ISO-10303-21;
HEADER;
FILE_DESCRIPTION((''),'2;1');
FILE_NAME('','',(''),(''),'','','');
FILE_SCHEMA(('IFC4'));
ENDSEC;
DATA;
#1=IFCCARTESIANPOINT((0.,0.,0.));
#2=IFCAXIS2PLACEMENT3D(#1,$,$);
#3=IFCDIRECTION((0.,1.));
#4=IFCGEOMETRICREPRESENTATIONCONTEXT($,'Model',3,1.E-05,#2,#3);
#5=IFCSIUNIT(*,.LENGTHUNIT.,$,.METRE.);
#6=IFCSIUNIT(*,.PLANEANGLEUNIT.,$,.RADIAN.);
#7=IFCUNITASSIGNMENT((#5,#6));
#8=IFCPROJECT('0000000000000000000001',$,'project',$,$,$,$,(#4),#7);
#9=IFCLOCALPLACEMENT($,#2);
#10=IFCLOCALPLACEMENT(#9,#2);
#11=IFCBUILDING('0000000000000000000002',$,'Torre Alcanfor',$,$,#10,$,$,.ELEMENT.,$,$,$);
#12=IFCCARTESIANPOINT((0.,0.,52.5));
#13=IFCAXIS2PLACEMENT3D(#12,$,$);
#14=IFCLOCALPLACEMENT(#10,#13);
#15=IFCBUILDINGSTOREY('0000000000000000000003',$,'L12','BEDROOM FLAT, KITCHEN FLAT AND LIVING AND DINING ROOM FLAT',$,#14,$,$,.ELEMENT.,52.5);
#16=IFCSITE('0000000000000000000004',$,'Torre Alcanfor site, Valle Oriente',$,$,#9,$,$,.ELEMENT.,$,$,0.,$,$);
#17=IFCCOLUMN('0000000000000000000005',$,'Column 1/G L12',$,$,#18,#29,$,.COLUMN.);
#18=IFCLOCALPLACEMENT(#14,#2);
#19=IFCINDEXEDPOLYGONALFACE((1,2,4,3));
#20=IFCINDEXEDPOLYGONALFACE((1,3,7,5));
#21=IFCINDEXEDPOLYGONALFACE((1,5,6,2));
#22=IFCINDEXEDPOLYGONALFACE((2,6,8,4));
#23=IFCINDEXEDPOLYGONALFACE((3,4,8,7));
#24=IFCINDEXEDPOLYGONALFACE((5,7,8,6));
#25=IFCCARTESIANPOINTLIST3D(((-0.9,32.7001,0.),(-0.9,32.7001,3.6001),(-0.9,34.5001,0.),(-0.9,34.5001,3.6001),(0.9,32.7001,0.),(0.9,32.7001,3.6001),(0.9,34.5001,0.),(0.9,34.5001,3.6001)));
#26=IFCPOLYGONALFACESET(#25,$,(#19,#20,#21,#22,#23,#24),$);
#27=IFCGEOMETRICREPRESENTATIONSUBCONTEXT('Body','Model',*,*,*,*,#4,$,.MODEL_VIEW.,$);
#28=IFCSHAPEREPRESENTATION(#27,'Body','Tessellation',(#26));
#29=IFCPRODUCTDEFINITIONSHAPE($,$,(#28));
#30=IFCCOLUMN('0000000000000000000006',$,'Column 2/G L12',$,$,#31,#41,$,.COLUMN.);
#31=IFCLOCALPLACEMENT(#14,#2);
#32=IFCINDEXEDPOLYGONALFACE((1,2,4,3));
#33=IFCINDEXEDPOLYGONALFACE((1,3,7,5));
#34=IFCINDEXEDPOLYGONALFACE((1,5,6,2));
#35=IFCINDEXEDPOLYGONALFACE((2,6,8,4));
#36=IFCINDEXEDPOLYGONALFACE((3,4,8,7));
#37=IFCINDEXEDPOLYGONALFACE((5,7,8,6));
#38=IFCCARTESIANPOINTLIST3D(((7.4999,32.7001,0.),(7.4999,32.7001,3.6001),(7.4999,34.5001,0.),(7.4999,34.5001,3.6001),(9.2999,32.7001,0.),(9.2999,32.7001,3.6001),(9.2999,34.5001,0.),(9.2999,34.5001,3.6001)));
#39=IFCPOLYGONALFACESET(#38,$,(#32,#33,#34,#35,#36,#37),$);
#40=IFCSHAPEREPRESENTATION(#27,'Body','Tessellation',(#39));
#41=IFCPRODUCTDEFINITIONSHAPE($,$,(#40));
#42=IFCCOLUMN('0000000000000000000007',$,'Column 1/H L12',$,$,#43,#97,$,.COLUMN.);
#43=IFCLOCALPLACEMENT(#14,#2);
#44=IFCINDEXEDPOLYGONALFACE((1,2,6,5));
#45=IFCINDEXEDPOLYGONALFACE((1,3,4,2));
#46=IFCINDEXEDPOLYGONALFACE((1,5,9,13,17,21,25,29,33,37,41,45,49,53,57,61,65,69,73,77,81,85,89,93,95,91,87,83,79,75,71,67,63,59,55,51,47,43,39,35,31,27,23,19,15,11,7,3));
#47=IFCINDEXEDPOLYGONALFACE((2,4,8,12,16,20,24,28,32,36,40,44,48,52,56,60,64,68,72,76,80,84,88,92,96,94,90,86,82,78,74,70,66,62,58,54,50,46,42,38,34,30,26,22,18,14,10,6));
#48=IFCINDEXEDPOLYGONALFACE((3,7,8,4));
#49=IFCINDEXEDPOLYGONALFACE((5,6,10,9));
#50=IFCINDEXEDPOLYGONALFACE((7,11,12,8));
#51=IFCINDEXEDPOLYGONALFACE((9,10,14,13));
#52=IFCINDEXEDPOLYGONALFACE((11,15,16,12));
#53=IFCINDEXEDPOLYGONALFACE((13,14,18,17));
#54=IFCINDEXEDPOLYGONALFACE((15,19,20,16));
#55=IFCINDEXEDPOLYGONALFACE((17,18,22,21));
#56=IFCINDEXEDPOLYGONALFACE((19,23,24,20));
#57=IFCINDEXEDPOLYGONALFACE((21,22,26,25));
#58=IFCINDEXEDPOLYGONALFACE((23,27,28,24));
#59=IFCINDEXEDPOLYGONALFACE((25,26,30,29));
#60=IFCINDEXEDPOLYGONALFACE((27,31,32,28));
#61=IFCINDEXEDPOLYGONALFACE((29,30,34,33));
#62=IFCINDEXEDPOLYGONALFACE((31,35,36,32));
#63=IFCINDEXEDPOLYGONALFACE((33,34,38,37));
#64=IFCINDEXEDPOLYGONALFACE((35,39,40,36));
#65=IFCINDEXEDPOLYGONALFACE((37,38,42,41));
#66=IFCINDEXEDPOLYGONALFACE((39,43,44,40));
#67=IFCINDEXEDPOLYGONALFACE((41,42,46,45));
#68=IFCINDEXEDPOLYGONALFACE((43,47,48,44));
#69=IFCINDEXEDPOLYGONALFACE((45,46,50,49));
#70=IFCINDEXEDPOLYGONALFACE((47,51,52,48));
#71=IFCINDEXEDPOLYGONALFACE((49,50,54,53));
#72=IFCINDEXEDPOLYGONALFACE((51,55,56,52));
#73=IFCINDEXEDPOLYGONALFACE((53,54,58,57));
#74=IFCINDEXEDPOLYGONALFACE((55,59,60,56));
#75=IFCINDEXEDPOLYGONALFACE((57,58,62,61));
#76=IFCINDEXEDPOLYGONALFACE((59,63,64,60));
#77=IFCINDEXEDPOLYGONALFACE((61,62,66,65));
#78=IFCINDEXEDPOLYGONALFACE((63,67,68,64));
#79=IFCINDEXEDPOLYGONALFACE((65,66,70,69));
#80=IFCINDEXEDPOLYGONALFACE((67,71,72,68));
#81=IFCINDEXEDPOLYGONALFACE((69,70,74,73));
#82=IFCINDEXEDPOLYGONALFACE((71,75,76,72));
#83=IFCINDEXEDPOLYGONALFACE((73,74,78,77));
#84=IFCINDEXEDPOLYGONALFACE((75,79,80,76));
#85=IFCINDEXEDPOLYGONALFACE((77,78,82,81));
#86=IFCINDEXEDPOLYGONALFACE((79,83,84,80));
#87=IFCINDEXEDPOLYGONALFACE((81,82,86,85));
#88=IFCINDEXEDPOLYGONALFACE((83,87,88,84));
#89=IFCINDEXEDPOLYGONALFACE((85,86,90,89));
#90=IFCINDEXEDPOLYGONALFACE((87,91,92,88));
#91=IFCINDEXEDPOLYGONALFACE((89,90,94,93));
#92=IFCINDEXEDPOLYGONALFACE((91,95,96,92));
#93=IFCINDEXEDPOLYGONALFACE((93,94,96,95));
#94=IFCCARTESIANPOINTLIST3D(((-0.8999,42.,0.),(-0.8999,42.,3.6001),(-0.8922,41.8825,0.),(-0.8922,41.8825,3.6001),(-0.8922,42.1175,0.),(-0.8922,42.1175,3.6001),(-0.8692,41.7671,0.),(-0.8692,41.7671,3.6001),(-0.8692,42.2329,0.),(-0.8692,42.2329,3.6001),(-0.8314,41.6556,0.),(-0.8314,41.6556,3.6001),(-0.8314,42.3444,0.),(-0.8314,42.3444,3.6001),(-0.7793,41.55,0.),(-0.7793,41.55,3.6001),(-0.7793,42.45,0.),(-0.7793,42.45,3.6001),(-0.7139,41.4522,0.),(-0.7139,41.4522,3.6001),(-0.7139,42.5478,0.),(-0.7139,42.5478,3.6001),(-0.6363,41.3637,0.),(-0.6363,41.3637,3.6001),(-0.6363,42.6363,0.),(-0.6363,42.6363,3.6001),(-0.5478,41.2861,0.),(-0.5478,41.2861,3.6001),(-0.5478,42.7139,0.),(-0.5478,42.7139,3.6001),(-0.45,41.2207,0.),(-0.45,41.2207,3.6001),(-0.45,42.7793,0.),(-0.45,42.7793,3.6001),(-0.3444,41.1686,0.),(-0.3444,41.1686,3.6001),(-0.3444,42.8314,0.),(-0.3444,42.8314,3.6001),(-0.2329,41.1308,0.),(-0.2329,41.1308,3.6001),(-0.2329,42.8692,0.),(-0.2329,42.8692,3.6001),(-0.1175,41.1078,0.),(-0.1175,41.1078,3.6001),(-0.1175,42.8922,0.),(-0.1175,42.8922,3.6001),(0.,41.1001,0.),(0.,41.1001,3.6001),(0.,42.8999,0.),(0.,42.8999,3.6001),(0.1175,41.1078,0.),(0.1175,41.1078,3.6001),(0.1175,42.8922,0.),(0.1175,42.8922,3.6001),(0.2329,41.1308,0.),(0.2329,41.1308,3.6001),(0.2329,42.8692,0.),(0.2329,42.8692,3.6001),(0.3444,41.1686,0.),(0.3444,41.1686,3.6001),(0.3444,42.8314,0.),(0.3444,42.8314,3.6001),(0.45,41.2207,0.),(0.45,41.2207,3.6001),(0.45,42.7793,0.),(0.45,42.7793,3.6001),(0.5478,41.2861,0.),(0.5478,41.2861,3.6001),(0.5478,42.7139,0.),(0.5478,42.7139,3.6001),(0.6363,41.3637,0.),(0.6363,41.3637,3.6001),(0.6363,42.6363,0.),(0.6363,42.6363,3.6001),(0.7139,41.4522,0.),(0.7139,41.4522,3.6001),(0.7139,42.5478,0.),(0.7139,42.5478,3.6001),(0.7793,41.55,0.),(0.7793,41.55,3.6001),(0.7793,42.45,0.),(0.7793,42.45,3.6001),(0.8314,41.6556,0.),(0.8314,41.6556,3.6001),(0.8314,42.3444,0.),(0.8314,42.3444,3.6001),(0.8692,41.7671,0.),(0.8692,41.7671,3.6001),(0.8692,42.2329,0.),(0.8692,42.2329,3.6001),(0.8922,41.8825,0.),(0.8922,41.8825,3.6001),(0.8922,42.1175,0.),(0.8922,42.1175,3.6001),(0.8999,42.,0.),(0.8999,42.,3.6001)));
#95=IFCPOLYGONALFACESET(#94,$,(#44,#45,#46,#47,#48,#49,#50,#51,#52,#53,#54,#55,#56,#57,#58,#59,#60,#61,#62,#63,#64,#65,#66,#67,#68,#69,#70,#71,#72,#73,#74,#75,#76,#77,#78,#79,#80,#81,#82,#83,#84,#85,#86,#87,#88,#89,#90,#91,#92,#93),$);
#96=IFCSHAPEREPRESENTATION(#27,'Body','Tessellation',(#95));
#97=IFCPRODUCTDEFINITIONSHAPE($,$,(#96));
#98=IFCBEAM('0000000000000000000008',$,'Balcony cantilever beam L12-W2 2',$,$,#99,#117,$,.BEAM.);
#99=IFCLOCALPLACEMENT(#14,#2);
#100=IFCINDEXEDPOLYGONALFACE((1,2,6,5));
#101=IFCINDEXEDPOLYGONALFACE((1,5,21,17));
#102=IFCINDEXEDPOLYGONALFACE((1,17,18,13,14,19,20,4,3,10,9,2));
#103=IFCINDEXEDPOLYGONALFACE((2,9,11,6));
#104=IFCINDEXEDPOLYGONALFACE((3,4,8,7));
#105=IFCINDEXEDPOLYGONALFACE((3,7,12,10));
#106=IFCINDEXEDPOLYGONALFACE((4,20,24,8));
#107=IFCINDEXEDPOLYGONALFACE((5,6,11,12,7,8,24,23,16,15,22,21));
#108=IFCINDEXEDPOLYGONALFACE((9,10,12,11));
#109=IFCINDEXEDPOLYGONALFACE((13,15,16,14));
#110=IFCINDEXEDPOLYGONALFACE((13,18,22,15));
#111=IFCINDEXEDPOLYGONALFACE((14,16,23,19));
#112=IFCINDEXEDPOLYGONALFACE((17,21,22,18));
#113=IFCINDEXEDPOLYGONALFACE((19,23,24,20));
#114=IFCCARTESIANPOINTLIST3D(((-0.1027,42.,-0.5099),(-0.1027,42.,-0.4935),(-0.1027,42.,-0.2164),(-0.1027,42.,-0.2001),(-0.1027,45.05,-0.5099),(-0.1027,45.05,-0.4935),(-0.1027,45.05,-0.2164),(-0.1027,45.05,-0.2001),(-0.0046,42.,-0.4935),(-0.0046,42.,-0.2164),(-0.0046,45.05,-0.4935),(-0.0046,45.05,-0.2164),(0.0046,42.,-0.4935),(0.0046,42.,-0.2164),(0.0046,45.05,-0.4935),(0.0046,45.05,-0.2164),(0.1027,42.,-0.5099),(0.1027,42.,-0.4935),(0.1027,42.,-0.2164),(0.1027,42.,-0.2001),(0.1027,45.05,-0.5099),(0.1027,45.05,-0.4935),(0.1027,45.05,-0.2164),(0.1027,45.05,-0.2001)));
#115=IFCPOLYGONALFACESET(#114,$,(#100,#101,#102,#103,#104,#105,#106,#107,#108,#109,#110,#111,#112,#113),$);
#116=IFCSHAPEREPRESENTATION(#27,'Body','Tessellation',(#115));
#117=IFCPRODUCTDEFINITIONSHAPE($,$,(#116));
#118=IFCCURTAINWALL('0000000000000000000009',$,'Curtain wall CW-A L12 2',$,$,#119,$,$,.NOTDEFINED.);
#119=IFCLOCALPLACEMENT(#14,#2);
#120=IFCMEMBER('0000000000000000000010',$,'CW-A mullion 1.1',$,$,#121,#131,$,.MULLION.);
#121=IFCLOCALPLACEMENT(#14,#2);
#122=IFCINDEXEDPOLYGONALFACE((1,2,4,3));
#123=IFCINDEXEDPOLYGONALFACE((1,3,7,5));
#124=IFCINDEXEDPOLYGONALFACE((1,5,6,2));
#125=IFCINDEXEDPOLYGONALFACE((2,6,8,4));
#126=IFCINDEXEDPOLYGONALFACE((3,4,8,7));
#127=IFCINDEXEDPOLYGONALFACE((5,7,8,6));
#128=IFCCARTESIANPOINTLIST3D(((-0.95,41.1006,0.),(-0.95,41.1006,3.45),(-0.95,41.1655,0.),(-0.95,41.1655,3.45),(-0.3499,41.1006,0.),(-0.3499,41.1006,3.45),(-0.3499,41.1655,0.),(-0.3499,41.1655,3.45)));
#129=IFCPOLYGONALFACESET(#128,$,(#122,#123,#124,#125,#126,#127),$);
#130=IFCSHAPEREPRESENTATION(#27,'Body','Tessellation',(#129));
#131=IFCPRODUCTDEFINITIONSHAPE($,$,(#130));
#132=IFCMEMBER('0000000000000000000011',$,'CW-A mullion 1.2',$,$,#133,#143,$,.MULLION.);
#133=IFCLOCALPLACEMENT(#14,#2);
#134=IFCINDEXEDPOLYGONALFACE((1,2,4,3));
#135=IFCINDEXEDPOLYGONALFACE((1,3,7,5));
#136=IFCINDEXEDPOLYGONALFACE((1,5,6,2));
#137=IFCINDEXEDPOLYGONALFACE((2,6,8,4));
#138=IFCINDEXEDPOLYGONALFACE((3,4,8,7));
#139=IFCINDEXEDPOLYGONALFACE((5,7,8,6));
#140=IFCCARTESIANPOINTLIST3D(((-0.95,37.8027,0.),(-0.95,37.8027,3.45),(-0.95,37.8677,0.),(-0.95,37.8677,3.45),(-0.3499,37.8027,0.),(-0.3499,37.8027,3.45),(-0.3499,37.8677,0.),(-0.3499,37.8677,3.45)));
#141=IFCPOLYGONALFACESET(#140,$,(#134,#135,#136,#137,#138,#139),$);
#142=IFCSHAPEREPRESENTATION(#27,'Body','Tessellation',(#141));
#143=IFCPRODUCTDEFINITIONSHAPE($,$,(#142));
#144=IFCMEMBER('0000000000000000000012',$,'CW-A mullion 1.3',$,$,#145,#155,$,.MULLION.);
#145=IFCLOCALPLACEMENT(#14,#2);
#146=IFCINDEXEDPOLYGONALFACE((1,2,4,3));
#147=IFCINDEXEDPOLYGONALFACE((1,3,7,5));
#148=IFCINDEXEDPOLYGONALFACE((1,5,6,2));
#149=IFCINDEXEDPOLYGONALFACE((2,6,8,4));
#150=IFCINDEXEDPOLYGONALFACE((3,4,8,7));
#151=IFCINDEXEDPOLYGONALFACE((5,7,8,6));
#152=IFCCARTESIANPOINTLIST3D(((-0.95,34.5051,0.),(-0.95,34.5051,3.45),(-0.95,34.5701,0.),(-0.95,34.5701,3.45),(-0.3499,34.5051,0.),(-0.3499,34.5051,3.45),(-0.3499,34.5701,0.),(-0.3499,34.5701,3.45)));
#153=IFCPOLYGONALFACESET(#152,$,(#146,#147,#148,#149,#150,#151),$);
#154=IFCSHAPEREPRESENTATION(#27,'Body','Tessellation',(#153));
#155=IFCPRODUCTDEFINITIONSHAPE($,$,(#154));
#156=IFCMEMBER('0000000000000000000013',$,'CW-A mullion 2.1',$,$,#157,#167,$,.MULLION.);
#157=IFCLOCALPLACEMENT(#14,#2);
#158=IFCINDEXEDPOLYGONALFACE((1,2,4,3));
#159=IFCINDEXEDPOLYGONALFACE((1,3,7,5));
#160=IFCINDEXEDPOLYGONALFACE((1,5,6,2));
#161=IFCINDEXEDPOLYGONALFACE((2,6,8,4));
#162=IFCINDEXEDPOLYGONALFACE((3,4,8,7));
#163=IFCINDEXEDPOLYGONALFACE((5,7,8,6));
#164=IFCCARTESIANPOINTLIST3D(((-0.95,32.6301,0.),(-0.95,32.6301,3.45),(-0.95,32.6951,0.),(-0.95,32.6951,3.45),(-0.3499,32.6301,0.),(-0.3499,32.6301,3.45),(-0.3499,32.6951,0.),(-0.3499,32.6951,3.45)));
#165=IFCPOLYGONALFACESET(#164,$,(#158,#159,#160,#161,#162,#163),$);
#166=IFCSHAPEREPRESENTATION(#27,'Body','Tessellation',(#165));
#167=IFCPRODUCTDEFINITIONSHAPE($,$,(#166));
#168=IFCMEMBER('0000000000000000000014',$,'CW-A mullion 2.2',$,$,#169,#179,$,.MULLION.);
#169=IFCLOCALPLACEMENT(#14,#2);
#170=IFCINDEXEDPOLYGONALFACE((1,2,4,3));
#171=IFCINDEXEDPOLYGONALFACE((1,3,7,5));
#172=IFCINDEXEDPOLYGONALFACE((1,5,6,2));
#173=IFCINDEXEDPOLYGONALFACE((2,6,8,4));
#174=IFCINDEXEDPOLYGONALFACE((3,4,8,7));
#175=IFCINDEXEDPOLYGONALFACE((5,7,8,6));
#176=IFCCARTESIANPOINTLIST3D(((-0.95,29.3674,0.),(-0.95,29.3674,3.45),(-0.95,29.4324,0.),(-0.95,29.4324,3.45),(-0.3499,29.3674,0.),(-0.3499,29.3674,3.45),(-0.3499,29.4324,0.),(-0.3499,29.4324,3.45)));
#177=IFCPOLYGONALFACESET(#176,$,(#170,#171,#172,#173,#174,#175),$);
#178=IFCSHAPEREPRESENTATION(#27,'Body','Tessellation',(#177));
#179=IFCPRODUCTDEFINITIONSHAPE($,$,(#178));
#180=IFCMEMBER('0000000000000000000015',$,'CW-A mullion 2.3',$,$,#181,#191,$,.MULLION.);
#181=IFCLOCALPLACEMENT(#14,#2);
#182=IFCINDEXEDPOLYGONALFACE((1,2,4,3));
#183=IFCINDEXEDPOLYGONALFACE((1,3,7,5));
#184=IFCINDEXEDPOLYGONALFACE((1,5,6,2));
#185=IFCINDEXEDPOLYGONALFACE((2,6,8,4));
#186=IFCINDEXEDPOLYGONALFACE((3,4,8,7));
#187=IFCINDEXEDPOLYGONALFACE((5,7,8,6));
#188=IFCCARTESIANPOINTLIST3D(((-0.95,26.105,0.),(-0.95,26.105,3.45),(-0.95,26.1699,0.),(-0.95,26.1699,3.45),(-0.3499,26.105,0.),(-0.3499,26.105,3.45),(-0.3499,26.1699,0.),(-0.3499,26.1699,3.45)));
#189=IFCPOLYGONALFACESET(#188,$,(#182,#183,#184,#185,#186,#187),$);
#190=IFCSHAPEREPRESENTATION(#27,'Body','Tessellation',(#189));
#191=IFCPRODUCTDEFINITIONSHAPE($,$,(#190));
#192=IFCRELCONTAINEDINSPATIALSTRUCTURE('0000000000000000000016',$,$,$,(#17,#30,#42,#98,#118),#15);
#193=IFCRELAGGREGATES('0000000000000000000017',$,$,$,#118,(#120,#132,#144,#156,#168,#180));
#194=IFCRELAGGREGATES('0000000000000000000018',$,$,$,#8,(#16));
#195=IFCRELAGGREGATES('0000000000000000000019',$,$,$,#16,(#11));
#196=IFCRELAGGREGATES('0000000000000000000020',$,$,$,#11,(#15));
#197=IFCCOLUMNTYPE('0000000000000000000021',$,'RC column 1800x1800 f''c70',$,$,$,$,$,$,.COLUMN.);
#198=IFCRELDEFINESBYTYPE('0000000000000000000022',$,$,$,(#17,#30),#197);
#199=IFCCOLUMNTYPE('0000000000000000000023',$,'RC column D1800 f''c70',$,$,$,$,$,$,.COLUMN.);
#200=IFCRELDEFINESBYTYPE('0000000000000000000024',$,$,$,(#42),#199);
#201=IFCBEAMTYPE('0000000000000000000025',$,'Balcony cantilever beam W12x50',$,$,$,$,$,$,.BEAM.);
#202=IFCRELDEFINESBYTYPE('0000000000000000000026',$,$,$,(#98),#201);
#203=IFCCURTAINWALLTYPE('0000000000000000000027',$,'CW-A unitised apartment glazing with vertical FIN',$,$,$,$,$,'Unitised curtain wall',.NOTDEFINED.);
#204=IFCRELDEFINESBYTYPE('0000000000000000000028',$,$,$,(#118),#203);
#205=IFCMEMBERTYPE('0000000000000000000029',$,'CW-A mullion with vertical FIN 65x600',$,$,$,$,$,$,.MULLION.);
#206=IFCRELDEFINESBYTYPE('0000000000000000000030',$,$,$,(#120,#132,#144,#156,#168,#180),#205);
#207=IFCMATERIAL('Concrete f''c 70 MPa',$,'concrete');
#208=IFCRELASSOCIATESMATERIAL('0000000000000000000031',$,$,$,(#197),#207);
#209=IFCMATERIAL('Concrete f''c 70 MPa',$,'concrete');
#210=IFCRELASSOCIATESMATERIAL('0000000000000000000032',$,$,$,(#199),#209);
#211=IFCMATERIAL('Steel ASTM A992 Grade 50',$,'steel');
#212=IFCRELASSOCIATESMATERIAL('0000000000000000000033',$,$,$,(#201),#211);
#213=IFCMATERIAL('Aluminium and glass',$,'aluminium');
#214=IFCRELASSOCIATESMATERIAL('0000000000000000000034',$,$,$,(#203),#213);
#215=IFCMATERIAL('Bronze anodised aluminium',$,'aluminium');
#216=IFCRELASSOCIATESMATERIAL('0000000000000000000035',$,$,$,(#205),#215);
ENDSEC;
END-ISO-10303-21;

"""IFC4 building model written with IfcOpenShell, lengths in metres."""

from ifc_helpers import new_model, si_unit, direction, frame, origin, origin_2d, place, context, subcontext, project, spatial, rectangle, circle, i_section, extrude, material, material_profile, profile_set, type_object, element, aggregate, save


model = new_model("IFC4")

# Units and contexts
model_context = context("Model", 3, precision=1e-05, world=origin(), true_north=direction((0.0, 1.0)))
body_context = subcontext(model_context, "Body", "Model", "MODEL_VIEW")
ifc_project = project(units=[si_unit("LENGTHUNIT", "METRE"), si_unit("PLANEANGLEUNIT", "RADIAN")], contexts=[model_context])

# Site, building, storey
site_placement = place(None, origin())
site = spatial("IfcSite", under=ifc_project, at=site_placement, Name="Torre Alcanfor site, Valle Oriente", CompositionType="ELEMENT", RefElevation=0.0)
building_placement = place(site_placement, origin())
building = spatial("IfcBuilding", under=site, at=building_placement, Name="Torre Alcanfor", CompositionType="ELEMENT")
storey_placement = place(building_placement, frame((0.0, 0.0, 52.5)))
storey = spatial("IfcBuildingStorey", under=building, at=storey_placement, Name="L12", Description="BEDROOM FLAT, KITCHEN FLAT AND LIVING AND DINING ROOM FLAT", CompositionType="ELEMENT", Elevation=52.5)

# Columns
ifc_material_1 = material(Name="Concrete f'c 70 MPa", Category="concrete")
ifc_material_profile_1 = material_profile(ifc_material_1, rectangle(XDim=1.8, YDim=1.8, at=origin_2d()), Name="1800x1800")
ifc_profile_set_1 = profile_set([ifc_material_profile_1], Name="Concrete f'c 70 MPa")
column_type_1 = type_object("IfcColumnType", Name="RC column 1800x1800 f'c70", PredefinedType="COLUMN", material=ifc_profile_set_1)
for number, where, z_axis, x_axis, name in (
    (1, (0.0, 33.6001, 0.0), (0.0, 0.0, 1.0), (1.0, 0.0, 0.0), "Column 1/G L12"),
    (2, (8.3999, 33.6001, 0.0), (0.0, 0.0, 1.0), (1.0, 0.0, 0.0), "Column 2/G L12"),
):
    element("IfcColumn", number, at=place(storey_placement, frame(where, z_axis=z_axis, x_axis=x_axis)), inside=storey, type_object=column_type_1, Name=name, PredefinedType="COLUMN", context=body_context, shape_type="SweptSolid", body=[
        extrude(rectangle(XDim=1.8, YDim=1.8, at=origin_2d()), origin(), (0.0, 0.0, 1.0), 3.6001),
    ])
ifc_material_2 = material(Name="Concrete f'c 70 MPa", Category="concrete")
ifc_material_profile_2 = material_profile(ifc_material_2, circle(Radius=0.8999, at=origin_2d()), Name="D1800")
ifc_profile_set_2 = profile_set([ifc_material_profile_2], Name="Concrete f'c 70 MPa")
column_type_2 = type_object("IfcColumnType", Name="RC column D1800 f'c70", PredefinedType="COLUMN", material=ifc_profile_set_2)
column_placement = place(storey_placement, frame((0.0, 42.0, 0.0), z_axis=(0.0, 0.0, 1.0), x_axis=(1.0, 0.0, 0.0)))
element("IfcColumn", 3, at=column_placement, inside=storey, type_object=column_type_2, Name="Column 1/H L12", PredefinedType="COLUMN", context=body_context, shape_type="SweptSolid", body=[
    extrude(circle(Radius=0.8999, at=origin_2d()), origin(), (0.0, 0.0, 1.0), 3.6001),
])

# Beam
ifc_material_3 = material(Name="Steel ASTM A992 Grade 50", Category="steel")
ifc_material_profile_3 = material_profile(ifc_material_3, i_section(OverallWidth=0.2053, OverallDepth=0.3098, WebThickness=0.0093, FlangeThickness=0.0164, at=origin_2d()), Name="W12x50")
ifc_profile_set_3 = profile_set([ifc_material_profile_3], Name="Steel ASTM A992 Grade 50")
beam_type_1 = type_object("IfcBeamType", Name="Balcony cantilever beam W12x50", PredefinedType="BEAM", material=ifc_profile_set_3)
beam_1_placement = place(storey_placement, frame((0.0, 42.0, -0.355), z_axis=(0.0, 1.0, 0.0), x_axis=(-1.0, 0.0, 0.0)))
element("IfcBeam", 4, at=beam_1_placement, inside=storey, type_object=beam_type_1, Name="Balcony cantilever beam L12-W2 2", PredefinedType="BEAM", context=body_context, shape_type="SweptSolid", body=[
    extrude(i_section(OverallWidth=0.2053, OverallDepth=0.3098, WebThickness=0.0093, FlangeThickness=0.0164, at=origin_2d()), origin(), (0.0, 0.0, 1.0), 3.05),
])

# Curtain wall, members
ifc_material_4 = material(Name="Aluminium and glass", Category="aluminium")
curtain_wall_type = type_object("IfcCurtainWallType", Name="CW-A unitised apartment glazing with vertical FIN", ElementType="Unitised curtain wall", PredefinedType="NOTDEFINED", material=ifc_material_4)
curtain_wall_placement = place(storey_placement, origin())
curtain_wall = element("IfcCurtainWall", 5, at=curtain_wall_placement, inside=storey, type_object=curtain_wall_type, Name="Curtain wall CW-A L12 2", PredefinedType="NOTDEFINED")
ifc_material_5 = material(Name="Bronze anodised aluminium", Category="aluminium")
ifc_material_profile_4 = material_profile(ifc_material_5, rectangle(XDim=0.6001, YDim=0.0649, at=origin_2d()), Name="CW-A mullion 65x600")
ifc_profile_set_4 = profile_set([ifc_material_profile_4], Name="Bronze anodised aluminium")
member_type_1 = type_object("IfcMemberType", Name="CW-A mullion with vertical FIN 65x600", PredefinedType="MULLION", material=ifc_profile_set_4)
member_1_placement = place(storey_placement, frame((-0.6499, 41.1331, 0.0), z_axis=(0.0, 0.0, 1.0), x_axis=(1.0, 0.0, 0.0)))
member_1 = element("IfcMember", 6, at=member_1_placement, type_object=member_type_1, Name="CW-A mullion 1.1", PredefinedType="MULLION", context=body_context, shape_type="SweptSolid", body=[
    extrude(rectangle(XDim=0.6001, YDim=0.0649, at=origin_2d()), origin(), (0.0, 0.0, 1.0), 3.45),
])
member_2_placement = place(storey_placement, frame((-0.6499, 37.8352, 0.0), z_axis=(0.0, 0.0, 1.0), x_axis=(1.0, 0.0, 0.0)))
member_2 = element("IfcMember", 7, at=member_2_placement, type_object=member_type_1, Name="CW-A mullion 1.2", PredefinedType="MULLION", context=body_context, shape_type="SweptSolid", body=[
    extrude(rectangle(XDim=0.6001, YDim=0.0649, at=origin_2d()), origin(), (0.0, 0.0, 1.0), 3.45),
])
member_3_placement = place(storey_placement, frame((-0.6499, 34.5376, 0.0), z_axis=(0.0, 0.0, 1.0), x_axis=(1.0, 0.0, 0.0)))
member_3 = element("IfcMember", 8, at=member_3_placement, type_object=member_type_1, Name="CW-A mullion 1.3", PredefinedType="MULLION", context=body_context, shape_type="SweptSolid", body=[
    extrude(rectangle(XDim=0.6001, YDim=0.0649, at=origin_2d()), origin(), (0.0, 0.0, 1.0), 3.45),
])
member_4_placement = place(storey_placement, frame((-0.6499, 32.6626, 0.0), z_axis=(0.0, 0.0, 1.0), x_axis=(1.0, 0.0, 0.0)))
member_4 = element("IfcMember", 9, at=member_4_placement, type_object=member_type_1, Name="CW-A mullion 2.1", PredefinedType="MULLION", context=body_context, shape_type="SweptSolid", body=[
    extrude(rectangle(XDim=0.6001, YDim=0.0649, at=origin_2d()), origin(), (0.0, 0.0, 1.0), 3.45),
])
member_5_placement = place(storey_placement, frame((-0.6499, 29.3999, 0.0), z_axis=(0.0, 0.0, 1.0), x_axis=(1.0, 0.0, 0.0)))
member_5 = element("IfcMember", 10, at=member_5_placement, type_object=member_type_1, Name="CW-A mullion 2.2", PredefinedType="MULLION", context=body_context, shape_type="SweptSolid", body=[
    extrude(rectangle(XDim=0.6001, YDim=0.0649, at=origin_2d()), origin(), (0.0, 0.0, 1.0), 3.45),
])
member_6_placement = place(storey_placement, frame((-0.6499, 26.1375, 0.0), z_axis=(0.0, 0.0, 1.0), x_axis=(1.0, 0.0, 0.0)))
member_6 = element("IfcMember", 11, at=member_6_placement, type_object=member_type_1, Name="CW-A mullion 2.3", PredefinedType="MULLION", context=body_context, shape_type="SweptSolid", body=[
    extrude(rectangle(XDim=0.6001, YDim=0.0649, at=origin_2d()), origin(), (0.0, 0.0, 1.0), 3.45),
])

aggregate(curtain_wall, [member_1, member_2, member_3, member_4, member_5, member_6])

save(model, "model.ifc")
